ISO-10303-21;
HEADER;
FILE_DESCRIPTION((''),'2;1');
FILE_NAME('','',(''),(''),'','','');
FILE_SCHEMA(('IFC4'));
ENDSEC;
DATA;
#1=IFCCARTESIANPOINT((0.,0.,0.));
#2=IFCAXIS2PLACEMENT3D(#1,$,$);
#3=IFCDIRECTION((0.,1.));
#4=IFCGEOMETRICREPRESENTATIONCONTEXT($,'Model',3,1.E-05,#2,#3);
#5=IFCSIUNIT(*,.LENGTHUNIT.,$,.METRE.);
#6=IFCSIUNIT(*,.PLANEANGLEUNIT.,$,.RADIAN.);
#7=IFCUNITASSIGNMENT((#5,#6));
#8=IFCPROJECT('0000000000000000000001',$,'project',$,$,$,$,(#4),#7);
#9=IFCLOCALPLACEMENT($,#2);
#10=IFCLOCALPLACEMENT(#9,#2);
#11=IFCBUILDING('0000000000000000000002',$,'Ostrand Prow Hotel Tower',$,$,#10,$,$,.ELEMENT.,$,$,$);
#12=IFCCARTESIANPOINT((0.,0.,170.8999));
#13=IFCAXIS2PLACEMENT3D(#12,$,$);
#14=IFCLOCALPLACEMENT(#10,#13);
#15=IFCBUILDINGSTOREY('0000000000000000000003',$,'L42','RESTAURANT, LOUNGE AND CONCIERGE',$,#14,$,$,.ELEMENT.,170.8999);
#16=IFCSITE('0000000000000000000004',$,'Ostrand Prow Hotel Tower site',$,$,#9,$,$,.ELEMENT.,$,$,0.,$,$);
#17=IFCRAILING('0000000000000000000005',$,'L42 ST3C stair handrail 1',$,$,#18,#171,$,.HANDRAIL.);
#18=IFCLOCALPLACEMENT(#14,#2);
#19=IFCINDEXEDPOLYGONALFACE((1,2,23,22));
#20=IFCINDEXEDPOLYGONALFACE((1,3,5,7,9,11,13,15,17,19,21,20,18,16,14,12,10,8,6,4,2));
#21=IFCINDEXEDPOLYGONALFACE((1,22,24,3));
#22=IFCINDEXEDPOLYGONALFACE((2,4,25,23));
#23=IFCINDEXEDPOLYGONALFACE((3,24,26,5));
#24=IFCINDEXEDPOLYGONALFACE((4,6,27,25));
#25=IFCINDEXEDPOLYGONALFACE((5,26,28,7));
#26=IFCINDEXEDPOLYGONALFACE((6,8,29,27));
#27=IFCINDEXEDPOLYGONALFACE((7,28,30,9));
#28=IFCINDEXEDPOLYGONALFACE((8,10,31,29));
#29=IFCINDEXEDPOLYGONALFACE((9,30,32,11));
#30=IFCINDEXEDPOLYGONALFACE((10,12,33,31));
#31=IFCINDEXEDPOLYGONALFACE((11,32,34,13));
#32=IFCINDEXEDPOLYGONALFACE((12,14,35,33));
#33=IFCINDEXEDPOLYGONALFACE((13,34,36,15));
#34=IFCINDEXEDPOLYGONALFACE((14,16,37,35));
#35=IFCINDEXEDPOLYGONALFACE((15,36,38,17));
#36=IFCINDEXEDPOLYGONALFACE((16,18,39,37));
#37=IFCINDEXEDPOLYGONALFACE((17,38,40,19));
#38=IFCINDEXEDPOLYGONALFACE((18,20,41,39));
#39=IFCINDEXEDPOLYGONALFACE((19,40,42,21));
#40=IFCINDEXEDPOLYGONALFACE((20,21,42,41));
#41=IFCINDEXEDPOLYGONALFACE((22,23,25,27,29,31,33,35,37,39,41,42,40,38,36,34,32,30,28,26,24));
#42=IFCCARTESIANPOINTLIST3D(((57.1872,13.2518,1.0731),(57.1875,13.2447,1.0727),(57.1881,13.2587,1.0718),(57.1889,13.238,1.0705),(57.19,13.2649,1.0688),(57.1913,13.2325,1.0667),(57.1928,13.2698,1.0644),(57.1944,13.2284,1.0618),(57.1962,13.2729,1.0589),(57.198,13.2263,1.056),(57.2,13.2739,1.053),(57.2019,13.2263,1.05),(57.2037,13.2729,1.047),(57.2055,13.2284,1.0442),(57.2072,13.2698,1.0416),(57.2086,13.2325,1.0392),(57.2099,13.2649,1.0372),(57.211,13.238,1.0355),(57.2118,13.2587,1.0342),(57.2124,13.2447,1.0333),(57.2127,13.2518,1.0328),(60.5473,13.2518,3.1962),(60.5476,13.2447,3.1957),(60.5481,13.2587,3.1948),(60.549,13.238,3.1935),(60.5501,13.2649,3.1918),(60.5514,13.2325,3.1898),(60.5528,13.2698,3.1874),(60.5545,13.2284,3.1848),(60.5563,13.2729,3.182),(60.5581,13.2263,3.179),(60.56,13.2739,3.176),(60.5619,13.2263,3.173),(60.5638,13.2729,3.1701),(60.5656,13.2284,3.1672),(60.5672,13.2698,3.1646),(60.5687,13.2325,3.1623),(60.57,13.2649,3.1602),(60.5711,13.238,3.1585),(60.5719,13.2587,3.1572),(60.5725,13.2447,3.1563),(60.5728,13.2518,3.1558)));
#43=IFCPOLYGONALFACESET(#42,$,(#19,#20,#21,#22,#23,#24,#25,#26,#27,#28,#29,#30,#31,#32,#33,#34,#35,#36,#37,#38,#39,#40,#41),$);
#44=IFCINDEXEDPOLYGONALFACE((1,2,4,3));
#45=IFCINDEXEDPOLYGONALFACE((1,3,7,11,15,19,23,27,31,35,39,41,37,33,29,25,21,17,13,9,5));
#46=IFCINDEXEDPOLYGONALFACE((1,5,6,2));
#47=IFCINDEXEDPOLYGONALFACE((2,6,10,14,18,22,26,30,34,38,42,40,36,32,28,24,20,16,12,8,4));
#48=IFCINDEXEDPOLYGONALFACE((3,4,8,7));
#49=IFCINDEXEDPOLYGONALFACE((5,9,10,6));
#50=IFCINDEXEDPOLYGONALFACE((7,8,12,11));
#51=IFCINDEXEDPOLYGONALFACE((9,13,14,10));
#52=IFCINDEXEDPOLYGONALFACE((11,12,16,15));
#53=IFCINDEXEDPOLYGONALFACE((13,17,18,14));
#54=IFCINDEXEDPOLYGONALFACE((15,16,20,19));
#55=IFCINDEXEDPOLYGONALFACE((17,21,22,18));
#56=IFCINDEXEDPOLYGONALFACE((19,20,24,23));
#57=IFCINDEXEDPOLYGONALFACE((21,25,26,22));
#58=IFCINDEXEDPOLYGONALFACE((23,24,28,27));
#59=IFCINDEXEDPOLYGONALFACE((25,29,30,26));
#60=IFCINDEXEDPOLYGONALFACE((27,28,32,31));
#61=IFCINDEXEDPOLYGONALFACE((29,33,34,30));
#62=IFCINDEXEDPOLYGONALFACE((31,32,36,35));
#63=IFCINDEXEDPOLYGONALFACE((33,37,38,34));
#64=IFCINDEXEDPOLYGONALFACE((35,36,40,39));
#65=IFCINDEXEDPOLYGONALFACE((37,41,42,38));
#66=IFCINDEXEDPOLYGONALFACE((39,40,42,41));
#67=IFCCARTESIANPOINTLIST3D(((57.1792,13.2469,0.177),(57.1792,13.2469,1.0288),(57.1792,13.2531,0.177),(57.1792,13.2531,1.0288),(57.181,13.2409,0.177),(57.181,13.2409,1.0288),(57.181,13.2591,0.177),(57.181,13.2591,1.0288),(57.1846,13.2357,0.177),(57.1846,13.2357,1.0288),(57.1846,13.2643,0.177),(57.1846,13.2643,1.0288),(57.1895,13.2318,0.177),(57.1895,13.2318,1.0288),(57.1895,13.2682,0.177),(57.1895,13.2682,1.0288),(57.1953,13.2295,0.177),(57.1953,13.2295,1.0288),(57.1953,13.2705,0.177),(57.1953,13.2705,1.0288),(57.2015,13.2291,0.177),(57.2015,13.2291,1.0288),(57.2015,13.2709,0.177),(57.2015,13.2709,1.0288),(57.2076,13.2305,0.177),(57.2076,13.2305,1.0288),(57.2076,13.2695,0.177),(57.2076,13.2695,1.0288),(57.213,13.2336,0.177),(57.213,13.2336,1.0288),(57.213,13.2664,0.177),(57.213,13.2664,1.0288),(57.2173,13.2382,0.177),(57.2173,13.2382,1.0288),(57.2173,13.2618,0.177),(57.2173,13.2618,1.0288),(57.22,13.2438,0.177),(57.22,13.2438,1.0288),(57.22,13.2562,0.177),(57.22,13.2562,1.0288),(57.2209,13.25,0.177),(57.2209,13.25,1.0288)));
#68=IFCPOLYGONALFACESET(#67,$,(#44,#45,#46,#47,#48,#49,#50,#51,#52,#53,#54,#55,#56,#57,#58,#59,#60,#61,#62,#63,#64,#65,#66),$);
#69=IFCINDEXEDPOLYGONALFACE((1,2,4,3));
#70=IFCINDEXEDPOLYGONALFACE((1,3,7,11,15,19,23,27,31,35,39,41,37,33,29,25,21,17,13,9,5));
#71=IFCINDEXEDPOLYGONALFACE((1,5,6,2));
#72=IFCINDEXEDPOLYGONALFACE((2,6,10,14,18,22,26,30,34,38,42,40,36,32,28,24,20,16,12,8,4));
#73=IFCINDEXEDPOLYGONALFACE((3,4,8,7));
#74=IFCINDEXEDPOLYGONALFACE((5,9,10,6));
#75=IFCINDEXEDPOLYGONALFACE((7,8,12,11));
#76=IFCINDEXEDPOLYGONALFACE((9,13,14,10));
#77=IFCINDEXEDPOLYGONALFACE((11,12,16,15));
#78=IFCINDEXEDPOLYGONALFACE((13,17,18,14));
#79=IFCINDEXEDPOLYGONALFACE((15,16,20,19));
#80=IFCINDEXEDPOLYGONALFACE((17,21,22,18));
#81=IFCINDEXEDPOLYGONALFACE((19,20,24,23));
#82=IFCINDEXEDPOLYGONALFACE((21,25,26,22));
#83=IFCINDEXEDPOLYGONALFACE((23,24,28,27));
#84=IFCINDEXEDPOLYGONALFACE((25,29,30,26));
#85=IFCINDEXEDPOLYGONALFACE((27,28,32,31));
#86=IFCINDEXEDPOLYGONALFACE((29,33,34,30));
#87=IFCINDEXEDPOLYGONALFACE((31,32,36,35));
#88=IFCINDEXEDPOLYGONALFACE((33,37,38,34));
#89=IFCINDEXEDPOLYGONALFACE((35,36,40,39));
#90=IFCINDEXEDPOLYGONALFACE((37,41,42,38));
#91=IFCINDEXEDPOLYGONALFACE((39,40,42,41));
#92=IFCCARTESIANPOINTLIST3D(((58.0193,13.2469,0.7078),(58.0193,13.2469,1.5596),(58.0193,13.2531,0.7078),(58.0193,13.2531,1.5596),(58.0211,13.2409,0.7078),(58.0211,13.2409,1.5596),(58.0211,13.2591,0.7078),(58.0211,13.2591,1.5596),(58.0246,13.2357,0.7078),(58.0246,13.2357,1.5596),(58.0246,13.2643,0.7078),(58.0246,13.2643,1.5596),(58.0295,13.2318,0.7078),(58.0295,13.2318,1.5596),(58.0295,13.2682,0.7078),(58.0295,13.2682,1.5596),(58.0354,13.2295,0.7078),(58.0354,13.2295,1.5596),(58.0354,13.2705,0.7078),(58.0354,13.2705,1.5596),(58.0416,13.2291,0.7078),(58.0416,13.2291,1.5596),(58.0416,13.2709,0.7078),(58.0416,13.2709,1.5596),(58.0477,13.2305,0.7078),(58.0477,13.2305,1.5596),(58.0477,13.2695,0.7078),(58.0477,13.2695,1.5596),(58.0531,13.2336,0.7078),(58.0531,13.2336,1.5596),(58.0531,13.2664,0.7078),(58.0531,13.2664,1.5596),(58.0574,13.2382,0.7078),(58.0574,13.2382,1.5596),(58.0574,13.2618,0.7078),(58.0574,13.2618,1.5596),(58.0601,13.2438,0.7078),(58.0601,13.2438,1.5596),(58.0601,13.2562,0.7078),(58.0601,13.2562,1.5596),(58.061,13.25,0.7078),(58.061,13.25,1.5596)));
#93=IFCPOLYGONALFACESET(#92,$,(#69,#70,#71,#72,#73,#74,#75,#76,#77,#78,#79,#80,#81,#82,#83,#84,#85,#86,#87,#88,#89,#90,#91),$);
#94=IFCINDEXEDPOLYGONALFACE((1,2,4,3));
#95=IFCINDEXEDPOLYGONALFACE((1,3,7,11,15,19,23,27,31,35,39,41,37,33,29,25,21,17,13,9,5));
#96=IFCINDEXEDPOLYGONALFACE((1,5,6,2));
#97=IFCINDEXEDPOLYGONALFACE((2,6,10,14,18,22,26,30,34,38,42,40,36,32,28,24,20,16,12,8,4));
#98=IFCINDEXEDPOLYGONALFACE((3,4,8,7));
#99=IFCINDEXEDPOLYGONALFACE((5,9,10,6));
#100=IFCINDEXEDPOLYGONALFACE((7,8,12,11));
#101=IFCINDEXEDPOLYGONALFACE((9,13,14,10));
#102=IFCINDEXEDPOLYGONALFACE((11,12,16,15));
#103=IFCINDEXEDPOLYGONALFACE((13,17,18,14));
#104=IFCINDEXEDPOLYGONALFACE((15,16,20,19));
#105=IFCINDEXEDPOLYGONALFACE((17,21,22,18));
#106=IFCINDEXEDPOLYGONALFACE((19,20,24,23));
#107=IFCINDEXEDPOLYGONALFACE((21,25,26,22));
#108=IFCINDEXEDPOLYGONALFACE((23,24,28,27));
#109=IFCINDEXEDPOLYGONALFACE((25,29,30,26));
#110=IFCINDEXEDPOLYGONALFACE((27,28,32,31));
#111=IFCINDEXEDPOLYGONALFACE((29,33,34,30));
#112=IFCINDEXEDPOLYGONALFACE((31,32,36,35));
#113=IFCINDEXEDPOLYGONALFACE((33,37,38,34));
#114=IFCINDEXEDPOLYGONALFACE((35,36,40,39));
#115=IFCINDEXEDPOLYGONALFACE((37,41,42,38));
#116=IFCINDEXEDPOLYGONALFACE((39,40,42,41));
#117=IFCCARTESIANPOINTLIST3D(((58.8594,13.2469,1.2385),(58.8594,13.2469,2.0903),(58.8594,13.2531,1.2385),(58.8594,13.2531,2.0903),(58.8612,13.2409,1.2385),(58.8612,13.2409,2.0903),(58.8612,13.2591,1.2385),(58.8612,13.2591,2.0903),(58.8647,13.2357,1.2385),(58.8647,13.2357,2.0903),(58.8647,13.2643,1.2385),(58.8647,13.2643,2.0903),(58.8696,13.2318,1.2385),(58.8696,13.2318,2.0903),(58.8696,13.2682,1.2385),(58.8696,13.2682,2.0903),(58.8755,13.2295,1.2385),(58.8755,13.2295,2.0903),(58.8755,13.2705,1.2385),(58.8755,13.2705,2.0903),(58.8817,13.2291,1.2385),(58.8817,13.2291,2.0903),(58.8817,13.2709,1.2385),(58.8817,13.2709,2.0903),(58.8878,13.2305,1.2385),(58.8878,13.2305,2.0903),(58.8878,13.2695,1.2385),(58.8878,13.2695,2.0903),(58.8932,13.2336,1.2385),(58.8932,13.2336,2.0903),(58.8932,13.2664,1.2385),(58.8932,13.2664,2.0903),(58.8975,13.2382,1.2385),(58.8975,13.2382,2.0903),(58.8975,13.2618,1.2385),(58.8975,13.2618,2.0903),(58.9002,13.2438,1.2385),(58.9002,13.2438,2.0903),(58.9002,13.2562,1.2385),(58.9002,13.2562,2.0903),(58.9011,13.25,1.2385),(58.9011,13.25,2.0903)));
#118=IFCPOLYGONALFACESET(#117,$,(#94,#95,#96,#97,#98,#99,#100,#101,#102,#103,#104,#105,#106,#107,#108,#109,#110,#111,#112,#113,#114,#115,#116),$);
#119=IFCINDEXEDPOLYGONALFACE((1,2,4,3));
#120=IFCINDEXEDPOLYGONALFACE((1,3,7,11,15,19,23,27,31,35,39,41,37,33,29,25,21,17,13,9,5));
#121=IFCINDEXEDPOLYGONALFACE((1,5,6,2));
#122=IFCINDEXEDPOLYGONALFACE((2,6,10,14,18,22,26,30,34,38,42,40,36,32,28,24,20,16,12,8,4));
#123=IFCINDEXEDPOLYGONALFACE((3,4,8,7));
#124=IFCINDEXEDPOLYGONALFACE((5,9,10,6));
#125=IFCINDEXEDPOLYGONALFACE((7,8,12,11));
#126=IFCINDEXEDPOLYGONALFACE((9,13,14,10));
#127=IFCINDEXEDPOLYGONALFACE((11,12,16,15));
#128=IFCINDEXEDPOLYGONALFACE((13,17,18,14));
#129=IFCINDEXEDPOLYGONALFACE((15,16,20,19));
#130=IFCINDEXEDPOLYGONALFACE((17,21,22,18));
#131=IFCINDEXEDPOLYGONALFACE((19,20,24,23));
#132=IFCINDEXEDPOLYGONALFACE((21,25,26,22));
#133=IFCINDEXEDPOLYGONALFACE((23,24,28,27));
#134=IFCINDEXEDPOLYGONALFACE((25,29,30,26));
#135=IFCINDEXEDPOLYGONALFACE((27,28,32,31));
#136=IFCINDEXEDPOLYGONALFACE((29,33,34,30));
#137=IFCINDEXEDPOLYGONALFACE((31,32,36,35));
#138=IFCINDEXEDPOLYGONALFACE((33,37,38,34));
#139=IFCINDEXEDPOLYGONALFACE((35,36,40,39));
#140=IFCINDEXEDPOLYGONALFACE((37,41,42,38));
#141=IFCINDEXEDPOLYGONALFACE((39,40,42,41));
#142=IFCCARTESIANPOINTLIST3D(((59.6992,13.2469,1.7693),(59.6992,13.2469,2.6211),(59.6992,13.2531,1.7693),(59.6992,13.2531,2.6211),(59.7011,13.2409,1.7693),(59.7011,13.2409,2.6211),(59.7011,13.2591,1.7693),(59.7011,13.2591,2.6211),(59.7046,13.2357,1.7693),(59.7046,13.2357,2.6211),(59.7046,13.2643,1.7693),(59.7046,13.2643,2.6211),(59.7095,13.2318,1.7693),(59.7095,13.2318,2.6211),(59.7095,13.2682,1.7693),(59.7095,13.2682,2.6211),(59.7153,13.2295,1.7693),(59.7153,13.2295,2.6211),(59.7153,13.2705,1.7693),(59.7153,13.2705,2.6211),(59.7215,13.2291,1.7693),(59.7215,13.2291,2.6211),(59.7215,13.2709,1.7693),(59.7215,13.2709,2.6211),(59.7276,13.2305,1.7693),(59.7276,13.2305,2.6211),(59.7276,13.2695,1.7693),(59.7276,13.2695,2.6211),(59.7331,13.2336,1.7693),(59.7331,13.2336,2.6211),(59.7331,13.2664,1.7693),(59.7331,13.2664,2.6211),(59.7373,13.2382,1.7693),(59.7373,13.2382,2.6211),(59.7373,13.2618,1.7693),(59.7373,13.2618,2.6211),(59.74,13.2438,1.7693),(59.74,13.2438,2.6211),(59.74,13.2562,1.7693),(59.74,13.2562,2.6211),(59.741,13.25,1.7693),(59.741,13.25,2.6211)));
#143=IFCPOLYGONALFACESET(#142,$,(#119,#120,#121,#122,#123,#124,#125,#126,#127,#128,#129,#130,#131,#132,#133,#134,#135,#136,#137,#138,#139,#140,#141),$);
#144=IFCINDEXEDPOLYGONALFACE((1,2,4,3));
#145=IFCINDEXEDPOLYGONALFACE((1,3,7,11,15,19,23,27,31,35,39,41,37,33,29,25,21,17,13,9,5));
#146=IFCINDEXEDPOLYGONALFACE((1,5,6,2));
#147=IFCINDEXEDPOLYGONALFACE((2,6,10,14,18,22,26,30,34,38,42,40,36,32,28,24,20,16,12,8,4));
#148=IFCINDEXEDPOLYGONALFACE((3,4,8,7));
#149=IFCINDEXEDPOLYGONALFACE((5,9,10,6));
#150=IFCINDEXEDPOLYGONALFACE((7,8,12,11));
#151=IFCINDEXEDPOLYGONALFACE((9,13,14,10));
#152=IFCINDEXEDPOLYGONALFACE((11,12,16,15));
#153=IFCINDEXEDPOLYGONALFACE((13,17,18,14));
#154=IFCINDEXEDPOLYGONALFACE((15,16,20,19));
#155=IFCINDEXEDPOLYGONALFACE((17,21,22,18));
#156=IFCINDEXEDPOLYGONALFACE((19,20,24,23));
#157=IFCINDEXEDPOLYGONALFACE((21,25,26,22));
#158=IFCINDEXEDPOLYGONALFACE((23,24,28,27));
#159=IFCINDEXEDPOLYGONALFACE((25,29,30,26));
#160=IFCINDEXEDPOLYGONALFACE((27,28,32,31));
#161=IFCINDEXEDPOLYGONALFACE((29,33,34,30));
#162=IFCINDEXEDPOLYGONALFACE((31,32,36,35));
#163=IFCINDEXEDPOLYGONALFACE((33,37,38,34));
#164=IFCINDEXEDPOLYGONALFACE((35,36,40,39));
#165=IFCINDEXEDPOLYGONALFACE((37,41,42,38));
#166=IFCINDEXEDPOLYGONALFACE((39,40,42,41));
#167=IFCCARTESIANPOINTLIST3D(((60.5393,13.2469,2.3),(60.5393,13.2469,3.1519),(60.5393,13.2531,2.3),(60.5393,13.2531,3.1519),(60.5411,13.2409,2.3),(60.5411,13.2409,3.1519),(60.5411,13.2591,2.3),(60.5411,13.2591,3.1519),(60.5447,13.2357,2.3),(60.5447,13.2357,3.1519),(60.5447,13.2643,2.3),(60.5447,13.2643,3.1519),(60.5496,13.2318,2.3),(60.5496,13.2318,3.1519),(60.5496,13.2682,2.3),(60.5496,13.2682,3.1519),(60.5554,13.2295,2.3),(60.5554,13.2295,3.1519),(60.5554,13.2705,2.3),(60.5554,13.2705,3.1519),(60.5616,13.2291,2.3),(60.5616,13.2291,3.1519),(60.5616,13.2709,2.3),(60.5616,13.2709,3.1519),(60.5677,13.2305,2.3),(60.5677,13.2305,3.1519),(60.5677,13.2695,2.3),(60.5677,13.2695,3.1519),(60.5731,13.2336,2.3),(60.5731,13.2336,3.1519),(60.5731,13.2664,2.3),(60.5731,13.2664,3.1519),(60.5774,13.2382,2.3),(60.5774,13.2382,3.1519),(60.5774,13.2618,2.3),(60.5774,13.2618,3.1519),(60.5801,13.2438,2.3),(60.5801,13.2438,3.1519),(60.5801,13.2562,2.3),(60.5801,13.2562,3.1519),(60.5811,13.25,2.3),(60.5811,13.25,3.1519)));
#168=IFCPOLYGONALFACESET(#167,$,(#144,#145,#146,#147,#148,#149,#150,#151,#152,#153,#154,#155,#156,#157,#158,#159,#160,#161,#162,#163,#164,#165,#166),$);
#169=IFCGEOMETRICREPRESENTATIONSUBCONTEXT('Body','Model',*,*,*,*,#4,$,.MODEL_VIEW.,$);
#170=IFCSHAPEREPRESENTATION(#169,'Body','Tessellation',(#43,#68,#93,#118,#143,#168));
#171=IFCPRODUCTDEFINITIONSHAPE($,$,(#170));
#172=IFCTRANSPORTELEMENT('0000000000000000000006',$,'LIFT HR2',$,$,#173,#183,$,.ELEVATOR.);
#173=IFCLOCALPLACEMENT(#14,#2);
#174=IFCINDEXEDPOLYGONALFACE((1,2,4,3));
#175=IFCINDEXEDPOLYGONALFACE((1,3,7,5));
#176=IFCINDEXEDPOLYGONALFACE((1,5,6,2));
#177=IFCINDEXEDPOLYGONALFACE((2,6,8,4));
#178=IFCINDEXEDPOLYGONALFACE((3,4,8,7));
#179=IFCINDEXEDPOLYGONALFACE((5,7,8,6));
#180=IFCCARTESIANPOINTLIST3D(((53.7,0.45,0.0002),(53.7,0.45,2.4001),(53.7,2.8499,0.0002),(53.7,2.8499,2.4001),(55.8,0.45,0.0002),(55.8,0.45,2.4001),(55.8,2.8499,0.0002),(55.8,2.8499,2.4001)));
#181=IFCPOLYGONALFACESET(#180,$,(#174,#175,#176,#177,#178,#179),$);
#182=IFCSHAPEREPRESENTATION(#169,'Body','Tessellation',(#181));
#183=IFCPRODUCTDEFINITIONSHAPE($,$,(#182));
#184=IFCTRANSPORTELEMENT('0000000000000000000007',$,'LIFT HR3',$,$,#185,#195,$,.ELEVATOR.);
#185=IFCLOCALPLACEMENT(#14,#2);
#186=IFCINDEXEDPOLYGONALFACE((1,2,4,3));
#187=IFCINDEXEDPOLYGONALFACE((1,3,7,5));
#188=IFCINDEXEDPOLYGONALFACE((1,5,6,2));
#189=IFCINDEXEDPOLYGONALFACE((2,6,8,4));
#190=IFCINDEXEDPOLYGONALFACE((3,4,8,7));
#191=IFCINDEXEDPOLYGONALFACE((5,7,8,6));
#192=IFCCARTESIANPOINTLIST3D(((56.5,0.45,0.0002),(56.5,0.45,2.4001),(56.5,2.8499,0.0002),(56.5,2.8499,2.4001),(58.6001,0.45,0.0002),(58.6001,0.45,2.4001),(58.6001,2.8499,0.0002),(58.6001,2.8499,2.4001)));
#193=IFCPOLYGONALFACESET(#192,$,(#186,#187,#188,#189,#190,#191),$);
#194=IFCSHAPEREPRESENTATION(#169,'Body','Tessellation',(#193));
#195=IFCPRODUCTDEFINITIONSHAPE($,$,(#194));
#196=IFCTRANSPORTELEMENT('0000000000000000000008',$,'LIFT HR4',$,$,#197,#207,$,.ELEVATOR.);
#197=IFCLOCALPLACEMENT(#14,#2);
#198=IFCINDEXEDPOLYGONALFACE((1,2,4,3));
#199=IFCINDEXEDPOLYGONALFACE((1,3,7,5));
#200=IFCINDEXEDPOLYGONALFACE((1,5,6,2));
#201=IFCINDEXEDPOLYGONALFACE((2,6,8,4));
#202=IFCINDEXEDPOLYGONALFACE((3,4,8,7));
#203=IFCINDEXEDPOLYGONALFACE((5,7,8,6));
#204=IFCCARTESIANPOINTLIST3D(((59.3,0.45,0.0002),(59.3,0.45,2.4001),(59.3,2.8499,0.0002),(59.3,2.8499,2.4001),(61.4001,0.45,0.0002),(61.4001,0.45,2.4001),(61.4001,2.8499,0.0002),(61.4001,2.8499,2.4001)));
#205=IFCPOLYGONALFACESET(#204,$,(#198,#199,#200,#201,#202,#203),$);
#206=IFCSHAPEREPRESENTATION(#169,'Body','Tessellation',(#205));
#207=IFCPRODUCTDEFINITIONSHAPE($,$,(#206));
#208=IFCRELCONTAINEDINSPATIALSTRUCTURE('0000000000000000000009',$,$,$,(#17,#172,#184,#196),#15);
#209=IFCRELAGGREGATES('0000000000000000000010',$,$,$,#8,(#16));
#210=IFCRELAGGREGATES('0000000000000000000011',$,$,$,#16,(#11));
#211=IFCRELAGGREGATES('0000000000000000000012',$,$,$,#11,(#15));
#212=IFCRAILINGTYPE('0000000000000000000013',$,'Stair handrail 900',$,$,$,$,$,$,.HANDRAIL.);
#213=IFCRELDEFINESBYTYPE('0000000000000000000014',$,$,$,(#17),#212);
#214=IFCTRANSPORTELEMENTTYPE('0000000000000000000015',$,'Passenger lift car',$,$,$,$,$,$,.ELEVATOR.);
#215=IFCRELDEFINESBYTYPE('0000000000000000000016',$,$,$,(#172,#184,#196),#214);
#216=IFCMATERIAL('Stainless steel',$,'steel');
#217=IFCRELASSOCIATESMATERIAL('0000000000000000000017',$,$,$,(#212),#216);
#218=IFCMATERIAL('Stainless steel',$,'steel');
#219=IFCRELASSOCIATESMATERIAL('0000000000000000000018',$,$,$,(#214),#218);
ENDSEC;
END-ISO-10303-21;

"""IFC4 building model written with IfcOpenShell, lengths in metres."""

from ifc_helpers import new_model, si_unit, direction, frame, origin, origin_2d, place, context, subcontext, project, spatial, rectangle, circle, extrude, material, type_object, element, save


model = new_model("IFC4")

# Units and contexts
model_context = context("Model", 3, precision=1e-05, world=origin(), true_north=direction((0.0, 1.0)))
body_context = subcontext(model_context, "Body", "Model", "MODEL_VIEW")
ifc_project = project(units=[si_unit("LENGTHUNIT", "METRE"), si_unit("PLANEANGLEUNIT", "RADIAN")], contexts=[model_context])

# Site, building, storey
site_placement = place(None, origin())
site = spatial("IfcSite", under=ifc_project, at=site_placement, Name="Ostrand Prow Hotel Tower site", CompositionType="ELEMENT", RefElevation=0.0)
building_placement = place(site_placement, origin())
building = spatial("IfcBuilding", under=site, at=building_placement, Name="Ostrand Prow Hotel Tower", CompositionType="ELEMENT")
storey_placement = place(building_placement, frame((0.0, 0.0, 170.8999)))
storey = spatial("IfcBuildingStorey", under=building, at=storey_placement, Name="L42", Description="RESTAURANT, LOUNGE AND CONCIERGE", CompositionType="ELEMENT", Elevation=170.8999)

# Railing
ifc_material_1 = material(Name="Stainless steel", Category="steel")
railing_type_1 = type_object("IfcRailingType", Name="Stair handrail 900", PredefinedType="HANDRAIL", material=ifc_material_1)
railing_1_placement = place(storey_placement, frame((57.2, 13.25, 0.177)))
element("IfcRailing", 1, at=railing_1_placement, inside=storey, type_object=railing_type_1, Name="L42 ST3C stair handrail 1", PredefinedType="HANDRAIL", context=body_context, shape_type="SweptSolid", body=[
    extrude(circle(Radius=0.0239, at=origin_2d()), frame((0.0, 0.0, 0.876), z_axis=(0.84539, 0.0, 0.53415), x_axis=(0.0, 1.0, 0.0)), (0.0, 0.0, 1.0), 3.9746),
    extrude(circle(Radius=0.021, at=origin_2d()), origin(), (0.0, 0.0, 1.0), 0.8518),
    extrude(circle(Radius=0.021, at=origin_2d()), frame((0.8401, 0.0, 0.5308)), (0.0, 0.0, 1.0), 0.8518),
    extrude(circle(Radius=0.021, at=origin_2d()), frame((1.6802, 0.0, 1.0615)), (0.0, 0.0, 1.0), 0.8518),
    extrude(circle(Radius=0.021, at=origin_2d()), frame((2.52, 0.0, 1.5923)), (0.0, 0.0, 1.0), 0.8518),
    extrude(circle(Radius=0.021, at=origin_2d()), frame((3.3601, 0.0, 2.123)), (0.0, 0.0, 1.0), 0.8518),
])

# Transport elements
ifc_material_2 = material(Name="Stainless steel", Category="steel")
transport_element_type = type_object("IfcTransportElementType", Name="Passenger lift car", PredefinedType="ELEVATOR", material=ifc_material_2)
for number, where, z_axis, x_axis, name in (
    (2, (54.75, 1.6499, 0.0002), (0.0, 0.0, 1.0), (1.0, 0.0, 0.0), "LIFT HR2"),
    (3, (57.55, 1.6499, 0.0002), (0.0, 0.0, 1.0), (1.0, 0.0, 0.0), "LIFT HR3"),
    (4, (60.3501, 1.6499, 0.0002), (0.0, 0.0, 1.0), (1.0, 0.0, 0.0), "LIFT HR4"),
):
    element("IfcTransportElement", number, at=place(storey_placement, frame(where, z_axis=z_axis, x_axis=x_axis)), inside=storey, type_object=transport_element_type, Name=name, PredefinedType="ELEVATOR", context=body_context, shape_type="SweptSolid", body=[
        extrude(rectangle(XDim=2.1001, YDim=2.3999, at=origin_2d()), origin(), (0.0, 0.0, 1.0), 2.3999),
    ])

save(model, "model.ifc")
